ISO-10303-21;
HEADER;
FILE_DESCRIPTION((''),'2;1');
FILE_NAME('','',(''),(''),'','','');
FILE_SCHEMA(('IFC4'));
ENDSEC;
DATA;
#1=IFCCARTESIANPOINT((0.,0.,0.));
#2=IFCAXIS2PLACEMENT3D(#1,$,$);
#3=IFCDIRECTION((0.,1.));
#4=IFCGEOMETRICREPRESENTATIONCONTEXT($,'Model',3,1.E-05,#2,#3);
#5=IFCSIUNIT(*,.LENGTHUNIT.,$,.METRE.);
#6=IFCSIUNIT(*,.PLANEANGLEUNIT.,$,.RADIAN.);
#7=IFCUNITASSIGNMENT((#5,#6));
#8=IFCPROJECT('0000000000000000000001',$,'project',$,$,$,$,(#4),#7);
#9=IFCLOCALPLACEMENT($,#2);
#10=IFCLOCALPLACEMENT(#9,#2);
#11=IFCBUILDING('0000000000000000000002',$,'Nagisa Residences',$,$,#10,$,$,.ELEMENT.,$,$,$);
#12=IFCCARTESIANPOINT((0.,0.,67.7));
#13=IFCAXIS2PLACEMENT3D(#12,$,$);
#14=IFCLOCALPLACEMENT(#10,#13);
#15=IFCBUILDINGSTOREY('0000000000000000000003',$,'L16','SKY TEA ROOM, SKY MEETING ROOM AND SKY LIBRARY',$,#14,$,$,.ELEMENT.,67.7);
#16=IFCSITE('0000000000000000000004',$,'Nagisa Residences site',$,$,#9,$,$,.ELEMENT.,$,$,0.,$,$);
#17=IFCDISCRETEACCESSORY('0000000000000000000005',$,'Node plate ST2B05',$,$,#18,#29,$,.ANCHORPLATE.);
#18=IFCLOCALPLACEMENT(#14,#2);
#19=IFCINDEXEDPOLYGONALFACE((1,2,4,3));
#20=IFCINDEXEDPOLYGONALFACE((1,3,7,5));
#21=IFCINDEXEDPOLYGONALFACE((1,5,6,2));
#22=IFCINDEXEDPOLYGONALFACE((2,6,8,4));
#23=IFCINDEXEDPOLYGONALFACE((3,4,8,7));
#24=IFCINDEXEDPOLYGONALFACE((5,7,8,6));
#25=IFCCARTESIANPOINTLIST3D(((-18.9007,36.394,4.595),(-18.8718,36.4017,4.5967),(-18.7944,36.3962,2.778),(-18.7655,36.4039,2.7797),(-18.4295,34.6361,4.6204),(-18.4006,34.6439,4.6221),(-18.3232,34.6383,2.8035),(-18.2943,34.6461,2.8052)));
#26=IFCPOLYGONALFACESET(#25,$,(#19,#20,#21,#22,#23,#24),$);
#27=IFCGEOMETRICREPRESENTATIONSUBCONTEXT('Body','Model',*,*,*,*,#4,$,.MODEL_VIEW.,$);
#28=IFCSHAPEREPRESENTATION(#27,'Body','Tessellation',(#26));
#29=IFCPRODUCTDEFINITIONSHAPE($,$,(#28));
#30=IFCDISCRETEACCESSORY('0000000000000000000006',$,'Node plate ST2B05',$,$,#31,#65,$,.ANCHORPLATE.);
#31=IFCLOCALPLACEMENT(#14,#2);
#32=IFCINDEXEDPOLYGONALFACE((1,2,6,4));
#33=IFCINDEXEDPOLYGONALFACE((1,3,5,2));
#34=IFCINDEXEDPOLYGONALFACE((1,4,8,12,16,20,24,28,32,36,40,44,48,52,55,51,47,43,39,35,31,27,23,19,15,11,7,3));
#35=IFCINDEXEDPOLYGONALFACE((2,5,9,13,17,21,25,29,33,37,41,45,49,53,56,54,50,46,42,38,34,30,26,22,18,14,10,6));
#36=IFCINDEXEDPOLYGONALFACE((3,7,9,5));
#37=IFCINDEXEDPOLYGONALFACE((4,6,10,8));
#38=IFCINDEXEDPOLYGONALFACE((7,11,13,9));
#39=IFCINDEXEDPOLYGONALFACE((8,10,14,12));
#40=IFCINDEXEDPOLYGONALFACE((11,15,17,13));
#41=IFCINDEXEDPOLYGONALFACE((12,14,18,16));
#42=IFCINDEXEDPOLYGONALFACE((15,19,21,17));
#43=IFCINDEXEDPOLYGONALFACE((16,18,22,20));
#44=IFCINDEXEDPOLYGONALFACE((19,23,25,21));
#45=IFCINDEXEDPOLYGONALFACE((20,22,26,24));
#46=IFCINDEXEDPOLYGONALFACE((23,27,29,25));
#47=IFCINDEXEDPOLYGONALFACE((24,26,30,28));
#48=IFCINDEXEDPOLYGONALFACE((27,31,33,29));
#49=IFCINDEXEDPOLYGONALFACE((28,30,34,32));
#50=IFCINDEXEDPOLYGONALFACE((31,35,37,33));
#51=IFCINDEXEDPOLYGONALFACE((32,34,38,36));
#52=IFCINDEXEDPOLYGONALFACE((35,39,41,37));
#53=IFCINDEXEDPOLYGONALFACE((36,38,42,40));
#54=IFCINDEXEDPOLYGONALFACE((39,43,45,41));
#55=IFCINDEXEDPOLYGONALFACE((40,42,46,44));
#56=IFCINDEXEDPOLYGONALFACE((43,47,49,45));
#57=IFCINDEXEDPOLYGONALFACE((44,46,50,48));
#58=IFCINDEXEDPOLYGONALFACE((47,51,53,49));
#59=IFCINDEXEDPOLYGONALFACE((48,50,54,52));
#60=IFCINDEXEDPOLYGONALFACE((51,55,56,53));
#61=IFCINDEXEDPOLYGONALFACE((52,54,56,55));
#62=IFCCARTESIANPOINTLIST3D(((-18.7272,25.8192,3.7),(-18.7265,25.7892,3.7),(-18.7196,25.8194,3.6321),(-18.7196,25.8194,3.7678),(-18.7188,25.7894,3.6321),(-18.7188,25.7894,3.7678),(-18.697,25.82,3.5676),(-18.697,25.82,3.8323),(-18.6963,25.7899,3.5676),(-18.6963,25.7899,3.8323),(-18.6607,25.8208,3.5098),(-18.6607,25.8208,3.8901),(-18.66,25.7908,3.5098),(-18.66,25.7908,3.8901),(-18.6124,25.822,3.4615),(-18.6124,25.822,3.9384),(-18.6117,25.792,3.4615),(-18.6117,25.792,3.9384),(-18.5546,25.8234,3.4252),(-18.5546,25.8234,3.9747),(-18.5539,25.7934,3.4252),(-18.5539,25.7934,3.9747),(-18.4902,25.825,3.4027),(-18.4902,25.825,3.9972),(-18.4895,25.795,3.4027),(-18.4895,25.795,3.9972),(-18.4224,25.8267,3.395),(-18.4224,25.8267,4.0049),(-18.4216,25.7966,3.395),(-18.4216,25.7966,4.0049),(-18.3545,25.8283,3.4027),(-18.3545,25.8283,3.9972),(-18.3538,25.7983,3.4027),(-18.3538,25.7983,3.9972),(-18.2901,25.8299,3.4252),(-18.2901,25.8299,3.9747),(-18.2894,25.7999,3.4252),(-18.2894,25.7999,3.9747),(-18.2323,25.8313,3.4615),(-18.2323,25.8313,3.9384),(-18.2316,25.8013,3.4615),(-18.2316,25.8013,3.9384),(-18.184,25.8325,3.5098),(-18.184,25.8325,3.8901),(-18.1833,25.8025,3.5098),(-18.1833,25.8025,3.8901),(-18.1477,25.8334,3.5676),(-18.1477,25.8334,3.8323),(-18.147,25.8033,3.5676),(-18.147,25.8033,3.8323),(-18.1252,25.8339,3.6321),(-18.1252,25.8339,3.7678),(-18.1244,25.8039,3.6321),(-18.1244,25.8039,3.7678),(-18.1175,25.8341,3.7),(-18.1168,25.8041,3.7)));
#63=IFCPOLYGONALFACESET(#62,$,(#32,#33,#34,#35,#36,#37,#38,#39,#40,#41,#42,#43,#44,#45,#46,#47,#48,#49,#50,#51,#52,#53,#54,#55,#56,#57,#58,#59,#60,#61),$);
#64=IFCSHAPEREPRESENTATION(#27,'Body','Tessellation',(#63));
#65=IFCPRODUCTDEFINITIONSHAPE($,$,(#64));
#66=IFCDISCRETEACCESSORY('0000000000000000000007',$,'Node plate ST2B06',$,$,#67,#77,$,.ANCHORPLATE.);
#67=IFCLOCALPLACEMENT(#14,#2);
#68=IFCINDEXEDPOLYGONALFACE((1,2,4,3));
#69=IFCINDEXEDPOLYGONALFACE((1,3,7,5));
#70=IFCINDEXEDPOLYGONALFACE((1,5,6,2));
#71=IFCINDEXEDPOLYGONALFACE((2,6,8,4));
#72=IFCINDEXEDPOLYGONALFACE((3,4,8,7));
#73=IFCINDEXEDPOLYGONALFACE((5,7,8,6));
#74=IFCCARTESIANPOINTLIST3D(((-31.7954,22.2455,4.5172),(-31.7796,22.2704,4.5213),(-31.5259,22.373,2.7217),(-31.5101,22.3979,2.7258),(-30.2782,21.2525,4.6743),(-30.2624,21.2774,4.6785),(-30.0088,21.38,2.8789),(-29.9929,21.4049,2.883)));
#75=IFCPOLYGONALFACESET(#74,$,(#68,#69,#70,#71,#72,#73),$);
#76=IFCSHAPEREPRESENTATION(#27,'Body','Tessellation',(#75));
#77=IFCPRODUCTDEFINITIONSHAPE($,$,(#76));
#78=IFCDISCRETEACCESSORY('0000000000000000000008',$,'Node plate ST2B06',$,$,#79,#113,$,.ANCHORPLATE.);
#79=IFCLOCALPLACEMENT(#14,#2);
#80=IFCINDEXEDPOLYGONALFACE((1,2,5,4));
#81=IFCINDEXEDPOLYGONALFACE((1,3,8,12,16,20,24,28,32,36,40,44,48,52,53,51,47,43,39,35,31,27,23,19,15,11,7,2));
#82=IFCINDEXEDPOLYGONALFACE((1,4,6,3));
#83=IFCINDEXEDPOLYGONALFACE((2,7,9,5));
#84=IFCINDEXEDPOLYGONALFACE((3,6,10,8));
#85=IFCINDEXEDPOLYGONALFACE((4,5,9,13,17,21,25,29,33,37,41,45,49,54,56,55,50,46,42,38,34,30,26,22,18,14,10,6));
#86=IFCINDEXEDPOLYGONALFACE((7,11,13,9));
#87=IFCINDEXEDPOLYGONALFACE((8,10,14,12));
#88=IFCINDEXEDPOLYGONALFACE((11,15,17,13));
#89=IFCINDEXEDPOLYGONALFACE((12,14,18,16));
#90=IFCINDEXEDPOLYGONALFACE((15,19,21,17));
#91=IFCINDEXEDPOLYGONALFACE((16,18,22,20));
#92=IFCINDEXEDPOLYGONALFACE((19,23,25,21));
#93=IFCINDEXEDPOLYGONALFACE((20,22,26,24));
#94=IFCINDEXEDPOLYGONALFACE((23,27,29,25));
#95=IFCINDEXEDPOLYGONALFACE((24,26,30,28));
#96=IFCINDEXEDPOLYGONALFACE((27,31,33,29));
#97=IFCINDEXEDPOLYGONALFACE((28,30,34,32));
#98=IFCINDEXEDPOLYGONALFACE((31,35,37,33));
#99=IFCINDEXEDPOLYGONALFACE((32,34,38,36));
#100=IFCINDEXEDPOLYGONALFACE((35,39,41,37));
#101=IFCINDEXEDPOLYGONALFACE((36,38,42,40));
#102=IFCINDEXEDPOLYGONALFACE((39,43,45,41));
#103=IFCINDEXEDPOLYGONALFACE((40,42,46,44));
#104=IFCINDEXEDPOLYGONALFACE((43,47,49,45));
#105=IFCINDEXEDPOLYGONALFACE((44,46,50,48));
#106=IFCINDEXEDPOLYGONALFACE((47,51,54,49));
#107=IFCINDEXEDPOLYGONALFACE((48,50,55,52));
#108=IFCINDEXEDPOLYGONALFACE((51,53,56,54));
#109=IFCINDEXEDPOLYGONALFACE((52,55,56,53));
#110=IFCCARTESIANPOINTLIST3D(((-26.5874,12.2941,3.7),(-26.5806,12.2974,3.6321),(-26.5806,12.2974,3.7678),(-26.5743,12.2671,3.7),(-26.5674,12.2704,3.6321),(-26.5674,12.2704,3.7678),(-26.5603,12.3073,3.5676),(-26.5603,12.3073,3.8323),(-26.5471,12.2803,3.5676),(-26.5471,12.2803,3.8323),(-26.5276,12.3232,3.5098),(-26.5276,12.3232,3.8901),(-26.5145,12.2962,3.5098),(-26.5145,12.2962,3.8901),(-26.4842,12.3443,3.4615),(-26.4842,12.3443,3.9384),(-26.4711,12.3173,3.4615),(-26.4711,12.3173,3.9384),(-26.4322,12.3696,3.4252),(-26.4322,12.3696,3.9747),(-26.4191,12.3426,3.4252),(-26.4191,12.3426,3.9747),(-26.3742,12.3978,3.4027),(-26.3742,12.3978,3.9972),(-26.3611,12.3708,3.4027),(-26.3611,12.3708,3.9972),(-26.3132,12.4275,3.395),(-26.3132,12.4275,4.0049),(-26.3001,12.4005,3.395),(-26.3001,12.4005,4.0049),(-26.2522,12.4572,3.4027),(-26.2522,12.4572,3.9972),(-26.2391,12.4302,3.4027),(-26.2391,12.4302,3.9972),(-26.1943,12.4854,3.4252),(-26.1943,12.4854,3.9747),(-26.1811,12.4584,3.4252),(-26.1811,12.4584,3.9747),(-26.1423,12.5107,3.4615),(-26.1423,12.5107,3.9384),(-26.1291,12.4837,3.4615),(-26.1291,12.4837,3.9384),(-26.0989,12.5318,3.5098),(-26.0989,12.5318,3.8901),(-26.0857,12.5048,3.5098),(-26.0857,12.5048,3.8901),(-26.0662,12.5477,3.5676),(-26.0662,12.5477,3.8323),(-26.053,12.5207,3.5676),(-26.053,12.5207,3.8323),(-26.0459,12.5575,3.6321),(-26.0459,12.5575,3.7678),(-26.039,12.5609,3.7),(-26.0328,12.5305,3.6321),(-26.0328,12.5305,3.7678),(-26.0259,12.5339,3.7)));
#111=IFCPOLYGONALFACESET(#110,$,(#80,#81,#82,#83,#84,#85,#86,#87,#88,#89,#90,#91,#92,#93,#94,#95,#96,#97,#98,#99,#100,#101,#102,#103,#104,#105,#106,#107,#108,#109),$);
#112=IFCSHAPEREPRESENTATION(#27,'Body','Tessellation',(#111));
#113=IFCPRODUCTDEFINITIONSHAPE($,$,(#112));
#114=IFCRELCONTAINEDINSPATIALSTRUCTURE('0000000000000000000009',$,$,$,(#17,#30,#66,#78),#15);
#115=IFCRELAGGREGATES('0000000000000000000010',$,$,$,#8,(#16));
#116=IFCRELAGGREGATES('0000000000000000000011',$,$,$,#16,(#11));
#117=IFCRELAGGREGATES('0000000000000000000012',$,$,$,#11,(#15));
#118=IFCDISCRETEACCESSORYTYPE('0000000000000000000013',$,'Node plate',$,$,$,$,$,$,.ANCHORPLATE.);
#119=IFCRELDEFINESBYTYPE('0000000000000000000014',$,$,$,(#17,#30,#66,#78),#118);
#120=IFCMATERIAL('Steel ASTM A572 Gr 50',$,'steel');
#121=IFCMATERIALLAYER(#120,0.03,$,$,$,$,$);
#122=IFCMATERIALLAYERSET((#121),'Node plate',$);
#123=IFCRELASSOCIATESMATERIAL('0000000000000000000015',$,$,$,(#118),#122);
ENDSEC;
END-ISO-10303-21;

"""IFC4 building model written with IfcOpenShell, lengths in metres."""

from ifc_helpers import new_model, si_unit, direction, frame, origin, origin_2d, place, context, subcontext, project, spatial, rectangle, circle, extrude, material, layer, layer_set, type_object, element, save


model = new_model("IFC4")

# Units and contexts
model_context = context("Model", 3, precision=1e-05, world=origin(), true_north=direction((0.0, 1.0)))
body_context = subcontext(model_context, "Body", "Model", "MODEL_VIEW")
ifc_project = project(units=[si_unit("LENGTHUNIT", "METRE"), si_unit("PLANEANGLEUNIT", "RADIAN")], contexts=[model_context])

# Site, building, storey
site_placement = place(None, origin())
site = spatial("IfcSite", under=ifc_project, at=site_placement, Name="Nagisa Residences site", CompositionType="ELEMENT", RefElevation=0.0)
building_placement = place(site_placement, origin())
building = spatial("IfcBuilding", under=site, at=building_placement, Name="Nagisa Residences", CompositionType="ELEMENT")
storey_placement = place(building_placement, frame((0.0, 0.0, 67.7)))
storey = spatial("IfcBuildingStorey", under=building, at=storey_placement, Name="L16", Description="SKY TEA ROOM, SKY MEETING ROOM AND SKY LIBRARY", CompositionType="ELEMENT", Elevation=67.7)

# Discrete accessories
ifc_material_1 = material(Name="Steel ASTM A572 Gr 50", Category="steel")
ifc_layer = layer(ifc_material_1, 0.03)
ifc_layer_set = layer_set([ifc_layer], Name="Node plate")
discrete_accessory_type = type_object("IfcDiscreteAccessoryType", Name="Node plate", PredefinedType="ANCHORPLATE", material=ifc_layer_set)
discrete_accessory_1_placement = place(storey_placement, frame((-18.583, 35.5239, 3.7009), z_axis=(-0.96414, -0.259264, -0.056714), x_axis=(0.25889, -0.965806, 0.01398)))
element("IfcDiscreteAccessory", 1, at=discrete_accessory_1_placement, inside=storey, type_object=discrete_accessory_type, Name="Node plate ST2B05", PredefinedType="ANCHORPLATE", context=body_context, shape_type="SweptSolid", body=[
    extrude(rectangle(XDim=1.8201, YDim=1.8201, at=origin_2d()), origin(), (0.0, 0.0, 1.0), 0.03),
])
discrete_accessory_2_placement = place(storey_placement, frame((-18.4224, 25.8267, 3.7), z_axis=(0.024383, -0.999703, 0.0), x_axis=(0.999703, 0.024383, 0.0)))
element("IfcDiscreteAccessory", 2, at=discrete_accessory_2_placement, inside=storey, type_object=discrete_accessory_type, Name="Node plate ST2B05", PredefinedType="ANCHORPLATE", context=body_context, shape_type="SweptSolid", body=[
    extrude(circle(Radius=0.3049, at=origin_2d()), origin(), (0.0, 0.0, 1.0), 0.03),
])
discrete_accessory_3_placement = place(storey_placement, frame((-30.8862, 21.8376, 3.7021), z_axis=(-0.532179, -0.835112, -0.139185), x_axis=(0.833584, -0.545599, 0.086362)))
element("IfcDiscreteAccessory", 3, at=discrete_accessory_3_placement, inside=storey, type_object=discrete_accessory_type, Name="Node plate ST2B06", PredefinedType="ANCHORPLATE", context=body_context, shape_type="SweptSolid", body=[
    extrude(rectangle(XDim=1.8201, YDim=1.8201, at=origin_2d()), origin(), (0.0, 0.0, 1.0), 0.0298),
])
discrete_accessory_4_placement = place(storey_placement, frame((-26.3132, 12.4275, 3.7), z_axis=(0.437466, -0.899235, 0.0), x_axis=(0.899235, 0.437466, 0.0)))
element("IfcDiscreteAccessory", 4, at=discrete_accessory_4_placement, inside=storey, type_object=discrete_accessory_type, Name="Node plate ST2B06", PredefinedType="ANCHORPLATE", context=body_context, shape_type="SweptSolid", body=[
    extrude(circle(Radius=0.3049, at=origin_2d()), origin(), (0.0, 0.0, 1.0), 0.03),
])

save(model, "model.ifc")
